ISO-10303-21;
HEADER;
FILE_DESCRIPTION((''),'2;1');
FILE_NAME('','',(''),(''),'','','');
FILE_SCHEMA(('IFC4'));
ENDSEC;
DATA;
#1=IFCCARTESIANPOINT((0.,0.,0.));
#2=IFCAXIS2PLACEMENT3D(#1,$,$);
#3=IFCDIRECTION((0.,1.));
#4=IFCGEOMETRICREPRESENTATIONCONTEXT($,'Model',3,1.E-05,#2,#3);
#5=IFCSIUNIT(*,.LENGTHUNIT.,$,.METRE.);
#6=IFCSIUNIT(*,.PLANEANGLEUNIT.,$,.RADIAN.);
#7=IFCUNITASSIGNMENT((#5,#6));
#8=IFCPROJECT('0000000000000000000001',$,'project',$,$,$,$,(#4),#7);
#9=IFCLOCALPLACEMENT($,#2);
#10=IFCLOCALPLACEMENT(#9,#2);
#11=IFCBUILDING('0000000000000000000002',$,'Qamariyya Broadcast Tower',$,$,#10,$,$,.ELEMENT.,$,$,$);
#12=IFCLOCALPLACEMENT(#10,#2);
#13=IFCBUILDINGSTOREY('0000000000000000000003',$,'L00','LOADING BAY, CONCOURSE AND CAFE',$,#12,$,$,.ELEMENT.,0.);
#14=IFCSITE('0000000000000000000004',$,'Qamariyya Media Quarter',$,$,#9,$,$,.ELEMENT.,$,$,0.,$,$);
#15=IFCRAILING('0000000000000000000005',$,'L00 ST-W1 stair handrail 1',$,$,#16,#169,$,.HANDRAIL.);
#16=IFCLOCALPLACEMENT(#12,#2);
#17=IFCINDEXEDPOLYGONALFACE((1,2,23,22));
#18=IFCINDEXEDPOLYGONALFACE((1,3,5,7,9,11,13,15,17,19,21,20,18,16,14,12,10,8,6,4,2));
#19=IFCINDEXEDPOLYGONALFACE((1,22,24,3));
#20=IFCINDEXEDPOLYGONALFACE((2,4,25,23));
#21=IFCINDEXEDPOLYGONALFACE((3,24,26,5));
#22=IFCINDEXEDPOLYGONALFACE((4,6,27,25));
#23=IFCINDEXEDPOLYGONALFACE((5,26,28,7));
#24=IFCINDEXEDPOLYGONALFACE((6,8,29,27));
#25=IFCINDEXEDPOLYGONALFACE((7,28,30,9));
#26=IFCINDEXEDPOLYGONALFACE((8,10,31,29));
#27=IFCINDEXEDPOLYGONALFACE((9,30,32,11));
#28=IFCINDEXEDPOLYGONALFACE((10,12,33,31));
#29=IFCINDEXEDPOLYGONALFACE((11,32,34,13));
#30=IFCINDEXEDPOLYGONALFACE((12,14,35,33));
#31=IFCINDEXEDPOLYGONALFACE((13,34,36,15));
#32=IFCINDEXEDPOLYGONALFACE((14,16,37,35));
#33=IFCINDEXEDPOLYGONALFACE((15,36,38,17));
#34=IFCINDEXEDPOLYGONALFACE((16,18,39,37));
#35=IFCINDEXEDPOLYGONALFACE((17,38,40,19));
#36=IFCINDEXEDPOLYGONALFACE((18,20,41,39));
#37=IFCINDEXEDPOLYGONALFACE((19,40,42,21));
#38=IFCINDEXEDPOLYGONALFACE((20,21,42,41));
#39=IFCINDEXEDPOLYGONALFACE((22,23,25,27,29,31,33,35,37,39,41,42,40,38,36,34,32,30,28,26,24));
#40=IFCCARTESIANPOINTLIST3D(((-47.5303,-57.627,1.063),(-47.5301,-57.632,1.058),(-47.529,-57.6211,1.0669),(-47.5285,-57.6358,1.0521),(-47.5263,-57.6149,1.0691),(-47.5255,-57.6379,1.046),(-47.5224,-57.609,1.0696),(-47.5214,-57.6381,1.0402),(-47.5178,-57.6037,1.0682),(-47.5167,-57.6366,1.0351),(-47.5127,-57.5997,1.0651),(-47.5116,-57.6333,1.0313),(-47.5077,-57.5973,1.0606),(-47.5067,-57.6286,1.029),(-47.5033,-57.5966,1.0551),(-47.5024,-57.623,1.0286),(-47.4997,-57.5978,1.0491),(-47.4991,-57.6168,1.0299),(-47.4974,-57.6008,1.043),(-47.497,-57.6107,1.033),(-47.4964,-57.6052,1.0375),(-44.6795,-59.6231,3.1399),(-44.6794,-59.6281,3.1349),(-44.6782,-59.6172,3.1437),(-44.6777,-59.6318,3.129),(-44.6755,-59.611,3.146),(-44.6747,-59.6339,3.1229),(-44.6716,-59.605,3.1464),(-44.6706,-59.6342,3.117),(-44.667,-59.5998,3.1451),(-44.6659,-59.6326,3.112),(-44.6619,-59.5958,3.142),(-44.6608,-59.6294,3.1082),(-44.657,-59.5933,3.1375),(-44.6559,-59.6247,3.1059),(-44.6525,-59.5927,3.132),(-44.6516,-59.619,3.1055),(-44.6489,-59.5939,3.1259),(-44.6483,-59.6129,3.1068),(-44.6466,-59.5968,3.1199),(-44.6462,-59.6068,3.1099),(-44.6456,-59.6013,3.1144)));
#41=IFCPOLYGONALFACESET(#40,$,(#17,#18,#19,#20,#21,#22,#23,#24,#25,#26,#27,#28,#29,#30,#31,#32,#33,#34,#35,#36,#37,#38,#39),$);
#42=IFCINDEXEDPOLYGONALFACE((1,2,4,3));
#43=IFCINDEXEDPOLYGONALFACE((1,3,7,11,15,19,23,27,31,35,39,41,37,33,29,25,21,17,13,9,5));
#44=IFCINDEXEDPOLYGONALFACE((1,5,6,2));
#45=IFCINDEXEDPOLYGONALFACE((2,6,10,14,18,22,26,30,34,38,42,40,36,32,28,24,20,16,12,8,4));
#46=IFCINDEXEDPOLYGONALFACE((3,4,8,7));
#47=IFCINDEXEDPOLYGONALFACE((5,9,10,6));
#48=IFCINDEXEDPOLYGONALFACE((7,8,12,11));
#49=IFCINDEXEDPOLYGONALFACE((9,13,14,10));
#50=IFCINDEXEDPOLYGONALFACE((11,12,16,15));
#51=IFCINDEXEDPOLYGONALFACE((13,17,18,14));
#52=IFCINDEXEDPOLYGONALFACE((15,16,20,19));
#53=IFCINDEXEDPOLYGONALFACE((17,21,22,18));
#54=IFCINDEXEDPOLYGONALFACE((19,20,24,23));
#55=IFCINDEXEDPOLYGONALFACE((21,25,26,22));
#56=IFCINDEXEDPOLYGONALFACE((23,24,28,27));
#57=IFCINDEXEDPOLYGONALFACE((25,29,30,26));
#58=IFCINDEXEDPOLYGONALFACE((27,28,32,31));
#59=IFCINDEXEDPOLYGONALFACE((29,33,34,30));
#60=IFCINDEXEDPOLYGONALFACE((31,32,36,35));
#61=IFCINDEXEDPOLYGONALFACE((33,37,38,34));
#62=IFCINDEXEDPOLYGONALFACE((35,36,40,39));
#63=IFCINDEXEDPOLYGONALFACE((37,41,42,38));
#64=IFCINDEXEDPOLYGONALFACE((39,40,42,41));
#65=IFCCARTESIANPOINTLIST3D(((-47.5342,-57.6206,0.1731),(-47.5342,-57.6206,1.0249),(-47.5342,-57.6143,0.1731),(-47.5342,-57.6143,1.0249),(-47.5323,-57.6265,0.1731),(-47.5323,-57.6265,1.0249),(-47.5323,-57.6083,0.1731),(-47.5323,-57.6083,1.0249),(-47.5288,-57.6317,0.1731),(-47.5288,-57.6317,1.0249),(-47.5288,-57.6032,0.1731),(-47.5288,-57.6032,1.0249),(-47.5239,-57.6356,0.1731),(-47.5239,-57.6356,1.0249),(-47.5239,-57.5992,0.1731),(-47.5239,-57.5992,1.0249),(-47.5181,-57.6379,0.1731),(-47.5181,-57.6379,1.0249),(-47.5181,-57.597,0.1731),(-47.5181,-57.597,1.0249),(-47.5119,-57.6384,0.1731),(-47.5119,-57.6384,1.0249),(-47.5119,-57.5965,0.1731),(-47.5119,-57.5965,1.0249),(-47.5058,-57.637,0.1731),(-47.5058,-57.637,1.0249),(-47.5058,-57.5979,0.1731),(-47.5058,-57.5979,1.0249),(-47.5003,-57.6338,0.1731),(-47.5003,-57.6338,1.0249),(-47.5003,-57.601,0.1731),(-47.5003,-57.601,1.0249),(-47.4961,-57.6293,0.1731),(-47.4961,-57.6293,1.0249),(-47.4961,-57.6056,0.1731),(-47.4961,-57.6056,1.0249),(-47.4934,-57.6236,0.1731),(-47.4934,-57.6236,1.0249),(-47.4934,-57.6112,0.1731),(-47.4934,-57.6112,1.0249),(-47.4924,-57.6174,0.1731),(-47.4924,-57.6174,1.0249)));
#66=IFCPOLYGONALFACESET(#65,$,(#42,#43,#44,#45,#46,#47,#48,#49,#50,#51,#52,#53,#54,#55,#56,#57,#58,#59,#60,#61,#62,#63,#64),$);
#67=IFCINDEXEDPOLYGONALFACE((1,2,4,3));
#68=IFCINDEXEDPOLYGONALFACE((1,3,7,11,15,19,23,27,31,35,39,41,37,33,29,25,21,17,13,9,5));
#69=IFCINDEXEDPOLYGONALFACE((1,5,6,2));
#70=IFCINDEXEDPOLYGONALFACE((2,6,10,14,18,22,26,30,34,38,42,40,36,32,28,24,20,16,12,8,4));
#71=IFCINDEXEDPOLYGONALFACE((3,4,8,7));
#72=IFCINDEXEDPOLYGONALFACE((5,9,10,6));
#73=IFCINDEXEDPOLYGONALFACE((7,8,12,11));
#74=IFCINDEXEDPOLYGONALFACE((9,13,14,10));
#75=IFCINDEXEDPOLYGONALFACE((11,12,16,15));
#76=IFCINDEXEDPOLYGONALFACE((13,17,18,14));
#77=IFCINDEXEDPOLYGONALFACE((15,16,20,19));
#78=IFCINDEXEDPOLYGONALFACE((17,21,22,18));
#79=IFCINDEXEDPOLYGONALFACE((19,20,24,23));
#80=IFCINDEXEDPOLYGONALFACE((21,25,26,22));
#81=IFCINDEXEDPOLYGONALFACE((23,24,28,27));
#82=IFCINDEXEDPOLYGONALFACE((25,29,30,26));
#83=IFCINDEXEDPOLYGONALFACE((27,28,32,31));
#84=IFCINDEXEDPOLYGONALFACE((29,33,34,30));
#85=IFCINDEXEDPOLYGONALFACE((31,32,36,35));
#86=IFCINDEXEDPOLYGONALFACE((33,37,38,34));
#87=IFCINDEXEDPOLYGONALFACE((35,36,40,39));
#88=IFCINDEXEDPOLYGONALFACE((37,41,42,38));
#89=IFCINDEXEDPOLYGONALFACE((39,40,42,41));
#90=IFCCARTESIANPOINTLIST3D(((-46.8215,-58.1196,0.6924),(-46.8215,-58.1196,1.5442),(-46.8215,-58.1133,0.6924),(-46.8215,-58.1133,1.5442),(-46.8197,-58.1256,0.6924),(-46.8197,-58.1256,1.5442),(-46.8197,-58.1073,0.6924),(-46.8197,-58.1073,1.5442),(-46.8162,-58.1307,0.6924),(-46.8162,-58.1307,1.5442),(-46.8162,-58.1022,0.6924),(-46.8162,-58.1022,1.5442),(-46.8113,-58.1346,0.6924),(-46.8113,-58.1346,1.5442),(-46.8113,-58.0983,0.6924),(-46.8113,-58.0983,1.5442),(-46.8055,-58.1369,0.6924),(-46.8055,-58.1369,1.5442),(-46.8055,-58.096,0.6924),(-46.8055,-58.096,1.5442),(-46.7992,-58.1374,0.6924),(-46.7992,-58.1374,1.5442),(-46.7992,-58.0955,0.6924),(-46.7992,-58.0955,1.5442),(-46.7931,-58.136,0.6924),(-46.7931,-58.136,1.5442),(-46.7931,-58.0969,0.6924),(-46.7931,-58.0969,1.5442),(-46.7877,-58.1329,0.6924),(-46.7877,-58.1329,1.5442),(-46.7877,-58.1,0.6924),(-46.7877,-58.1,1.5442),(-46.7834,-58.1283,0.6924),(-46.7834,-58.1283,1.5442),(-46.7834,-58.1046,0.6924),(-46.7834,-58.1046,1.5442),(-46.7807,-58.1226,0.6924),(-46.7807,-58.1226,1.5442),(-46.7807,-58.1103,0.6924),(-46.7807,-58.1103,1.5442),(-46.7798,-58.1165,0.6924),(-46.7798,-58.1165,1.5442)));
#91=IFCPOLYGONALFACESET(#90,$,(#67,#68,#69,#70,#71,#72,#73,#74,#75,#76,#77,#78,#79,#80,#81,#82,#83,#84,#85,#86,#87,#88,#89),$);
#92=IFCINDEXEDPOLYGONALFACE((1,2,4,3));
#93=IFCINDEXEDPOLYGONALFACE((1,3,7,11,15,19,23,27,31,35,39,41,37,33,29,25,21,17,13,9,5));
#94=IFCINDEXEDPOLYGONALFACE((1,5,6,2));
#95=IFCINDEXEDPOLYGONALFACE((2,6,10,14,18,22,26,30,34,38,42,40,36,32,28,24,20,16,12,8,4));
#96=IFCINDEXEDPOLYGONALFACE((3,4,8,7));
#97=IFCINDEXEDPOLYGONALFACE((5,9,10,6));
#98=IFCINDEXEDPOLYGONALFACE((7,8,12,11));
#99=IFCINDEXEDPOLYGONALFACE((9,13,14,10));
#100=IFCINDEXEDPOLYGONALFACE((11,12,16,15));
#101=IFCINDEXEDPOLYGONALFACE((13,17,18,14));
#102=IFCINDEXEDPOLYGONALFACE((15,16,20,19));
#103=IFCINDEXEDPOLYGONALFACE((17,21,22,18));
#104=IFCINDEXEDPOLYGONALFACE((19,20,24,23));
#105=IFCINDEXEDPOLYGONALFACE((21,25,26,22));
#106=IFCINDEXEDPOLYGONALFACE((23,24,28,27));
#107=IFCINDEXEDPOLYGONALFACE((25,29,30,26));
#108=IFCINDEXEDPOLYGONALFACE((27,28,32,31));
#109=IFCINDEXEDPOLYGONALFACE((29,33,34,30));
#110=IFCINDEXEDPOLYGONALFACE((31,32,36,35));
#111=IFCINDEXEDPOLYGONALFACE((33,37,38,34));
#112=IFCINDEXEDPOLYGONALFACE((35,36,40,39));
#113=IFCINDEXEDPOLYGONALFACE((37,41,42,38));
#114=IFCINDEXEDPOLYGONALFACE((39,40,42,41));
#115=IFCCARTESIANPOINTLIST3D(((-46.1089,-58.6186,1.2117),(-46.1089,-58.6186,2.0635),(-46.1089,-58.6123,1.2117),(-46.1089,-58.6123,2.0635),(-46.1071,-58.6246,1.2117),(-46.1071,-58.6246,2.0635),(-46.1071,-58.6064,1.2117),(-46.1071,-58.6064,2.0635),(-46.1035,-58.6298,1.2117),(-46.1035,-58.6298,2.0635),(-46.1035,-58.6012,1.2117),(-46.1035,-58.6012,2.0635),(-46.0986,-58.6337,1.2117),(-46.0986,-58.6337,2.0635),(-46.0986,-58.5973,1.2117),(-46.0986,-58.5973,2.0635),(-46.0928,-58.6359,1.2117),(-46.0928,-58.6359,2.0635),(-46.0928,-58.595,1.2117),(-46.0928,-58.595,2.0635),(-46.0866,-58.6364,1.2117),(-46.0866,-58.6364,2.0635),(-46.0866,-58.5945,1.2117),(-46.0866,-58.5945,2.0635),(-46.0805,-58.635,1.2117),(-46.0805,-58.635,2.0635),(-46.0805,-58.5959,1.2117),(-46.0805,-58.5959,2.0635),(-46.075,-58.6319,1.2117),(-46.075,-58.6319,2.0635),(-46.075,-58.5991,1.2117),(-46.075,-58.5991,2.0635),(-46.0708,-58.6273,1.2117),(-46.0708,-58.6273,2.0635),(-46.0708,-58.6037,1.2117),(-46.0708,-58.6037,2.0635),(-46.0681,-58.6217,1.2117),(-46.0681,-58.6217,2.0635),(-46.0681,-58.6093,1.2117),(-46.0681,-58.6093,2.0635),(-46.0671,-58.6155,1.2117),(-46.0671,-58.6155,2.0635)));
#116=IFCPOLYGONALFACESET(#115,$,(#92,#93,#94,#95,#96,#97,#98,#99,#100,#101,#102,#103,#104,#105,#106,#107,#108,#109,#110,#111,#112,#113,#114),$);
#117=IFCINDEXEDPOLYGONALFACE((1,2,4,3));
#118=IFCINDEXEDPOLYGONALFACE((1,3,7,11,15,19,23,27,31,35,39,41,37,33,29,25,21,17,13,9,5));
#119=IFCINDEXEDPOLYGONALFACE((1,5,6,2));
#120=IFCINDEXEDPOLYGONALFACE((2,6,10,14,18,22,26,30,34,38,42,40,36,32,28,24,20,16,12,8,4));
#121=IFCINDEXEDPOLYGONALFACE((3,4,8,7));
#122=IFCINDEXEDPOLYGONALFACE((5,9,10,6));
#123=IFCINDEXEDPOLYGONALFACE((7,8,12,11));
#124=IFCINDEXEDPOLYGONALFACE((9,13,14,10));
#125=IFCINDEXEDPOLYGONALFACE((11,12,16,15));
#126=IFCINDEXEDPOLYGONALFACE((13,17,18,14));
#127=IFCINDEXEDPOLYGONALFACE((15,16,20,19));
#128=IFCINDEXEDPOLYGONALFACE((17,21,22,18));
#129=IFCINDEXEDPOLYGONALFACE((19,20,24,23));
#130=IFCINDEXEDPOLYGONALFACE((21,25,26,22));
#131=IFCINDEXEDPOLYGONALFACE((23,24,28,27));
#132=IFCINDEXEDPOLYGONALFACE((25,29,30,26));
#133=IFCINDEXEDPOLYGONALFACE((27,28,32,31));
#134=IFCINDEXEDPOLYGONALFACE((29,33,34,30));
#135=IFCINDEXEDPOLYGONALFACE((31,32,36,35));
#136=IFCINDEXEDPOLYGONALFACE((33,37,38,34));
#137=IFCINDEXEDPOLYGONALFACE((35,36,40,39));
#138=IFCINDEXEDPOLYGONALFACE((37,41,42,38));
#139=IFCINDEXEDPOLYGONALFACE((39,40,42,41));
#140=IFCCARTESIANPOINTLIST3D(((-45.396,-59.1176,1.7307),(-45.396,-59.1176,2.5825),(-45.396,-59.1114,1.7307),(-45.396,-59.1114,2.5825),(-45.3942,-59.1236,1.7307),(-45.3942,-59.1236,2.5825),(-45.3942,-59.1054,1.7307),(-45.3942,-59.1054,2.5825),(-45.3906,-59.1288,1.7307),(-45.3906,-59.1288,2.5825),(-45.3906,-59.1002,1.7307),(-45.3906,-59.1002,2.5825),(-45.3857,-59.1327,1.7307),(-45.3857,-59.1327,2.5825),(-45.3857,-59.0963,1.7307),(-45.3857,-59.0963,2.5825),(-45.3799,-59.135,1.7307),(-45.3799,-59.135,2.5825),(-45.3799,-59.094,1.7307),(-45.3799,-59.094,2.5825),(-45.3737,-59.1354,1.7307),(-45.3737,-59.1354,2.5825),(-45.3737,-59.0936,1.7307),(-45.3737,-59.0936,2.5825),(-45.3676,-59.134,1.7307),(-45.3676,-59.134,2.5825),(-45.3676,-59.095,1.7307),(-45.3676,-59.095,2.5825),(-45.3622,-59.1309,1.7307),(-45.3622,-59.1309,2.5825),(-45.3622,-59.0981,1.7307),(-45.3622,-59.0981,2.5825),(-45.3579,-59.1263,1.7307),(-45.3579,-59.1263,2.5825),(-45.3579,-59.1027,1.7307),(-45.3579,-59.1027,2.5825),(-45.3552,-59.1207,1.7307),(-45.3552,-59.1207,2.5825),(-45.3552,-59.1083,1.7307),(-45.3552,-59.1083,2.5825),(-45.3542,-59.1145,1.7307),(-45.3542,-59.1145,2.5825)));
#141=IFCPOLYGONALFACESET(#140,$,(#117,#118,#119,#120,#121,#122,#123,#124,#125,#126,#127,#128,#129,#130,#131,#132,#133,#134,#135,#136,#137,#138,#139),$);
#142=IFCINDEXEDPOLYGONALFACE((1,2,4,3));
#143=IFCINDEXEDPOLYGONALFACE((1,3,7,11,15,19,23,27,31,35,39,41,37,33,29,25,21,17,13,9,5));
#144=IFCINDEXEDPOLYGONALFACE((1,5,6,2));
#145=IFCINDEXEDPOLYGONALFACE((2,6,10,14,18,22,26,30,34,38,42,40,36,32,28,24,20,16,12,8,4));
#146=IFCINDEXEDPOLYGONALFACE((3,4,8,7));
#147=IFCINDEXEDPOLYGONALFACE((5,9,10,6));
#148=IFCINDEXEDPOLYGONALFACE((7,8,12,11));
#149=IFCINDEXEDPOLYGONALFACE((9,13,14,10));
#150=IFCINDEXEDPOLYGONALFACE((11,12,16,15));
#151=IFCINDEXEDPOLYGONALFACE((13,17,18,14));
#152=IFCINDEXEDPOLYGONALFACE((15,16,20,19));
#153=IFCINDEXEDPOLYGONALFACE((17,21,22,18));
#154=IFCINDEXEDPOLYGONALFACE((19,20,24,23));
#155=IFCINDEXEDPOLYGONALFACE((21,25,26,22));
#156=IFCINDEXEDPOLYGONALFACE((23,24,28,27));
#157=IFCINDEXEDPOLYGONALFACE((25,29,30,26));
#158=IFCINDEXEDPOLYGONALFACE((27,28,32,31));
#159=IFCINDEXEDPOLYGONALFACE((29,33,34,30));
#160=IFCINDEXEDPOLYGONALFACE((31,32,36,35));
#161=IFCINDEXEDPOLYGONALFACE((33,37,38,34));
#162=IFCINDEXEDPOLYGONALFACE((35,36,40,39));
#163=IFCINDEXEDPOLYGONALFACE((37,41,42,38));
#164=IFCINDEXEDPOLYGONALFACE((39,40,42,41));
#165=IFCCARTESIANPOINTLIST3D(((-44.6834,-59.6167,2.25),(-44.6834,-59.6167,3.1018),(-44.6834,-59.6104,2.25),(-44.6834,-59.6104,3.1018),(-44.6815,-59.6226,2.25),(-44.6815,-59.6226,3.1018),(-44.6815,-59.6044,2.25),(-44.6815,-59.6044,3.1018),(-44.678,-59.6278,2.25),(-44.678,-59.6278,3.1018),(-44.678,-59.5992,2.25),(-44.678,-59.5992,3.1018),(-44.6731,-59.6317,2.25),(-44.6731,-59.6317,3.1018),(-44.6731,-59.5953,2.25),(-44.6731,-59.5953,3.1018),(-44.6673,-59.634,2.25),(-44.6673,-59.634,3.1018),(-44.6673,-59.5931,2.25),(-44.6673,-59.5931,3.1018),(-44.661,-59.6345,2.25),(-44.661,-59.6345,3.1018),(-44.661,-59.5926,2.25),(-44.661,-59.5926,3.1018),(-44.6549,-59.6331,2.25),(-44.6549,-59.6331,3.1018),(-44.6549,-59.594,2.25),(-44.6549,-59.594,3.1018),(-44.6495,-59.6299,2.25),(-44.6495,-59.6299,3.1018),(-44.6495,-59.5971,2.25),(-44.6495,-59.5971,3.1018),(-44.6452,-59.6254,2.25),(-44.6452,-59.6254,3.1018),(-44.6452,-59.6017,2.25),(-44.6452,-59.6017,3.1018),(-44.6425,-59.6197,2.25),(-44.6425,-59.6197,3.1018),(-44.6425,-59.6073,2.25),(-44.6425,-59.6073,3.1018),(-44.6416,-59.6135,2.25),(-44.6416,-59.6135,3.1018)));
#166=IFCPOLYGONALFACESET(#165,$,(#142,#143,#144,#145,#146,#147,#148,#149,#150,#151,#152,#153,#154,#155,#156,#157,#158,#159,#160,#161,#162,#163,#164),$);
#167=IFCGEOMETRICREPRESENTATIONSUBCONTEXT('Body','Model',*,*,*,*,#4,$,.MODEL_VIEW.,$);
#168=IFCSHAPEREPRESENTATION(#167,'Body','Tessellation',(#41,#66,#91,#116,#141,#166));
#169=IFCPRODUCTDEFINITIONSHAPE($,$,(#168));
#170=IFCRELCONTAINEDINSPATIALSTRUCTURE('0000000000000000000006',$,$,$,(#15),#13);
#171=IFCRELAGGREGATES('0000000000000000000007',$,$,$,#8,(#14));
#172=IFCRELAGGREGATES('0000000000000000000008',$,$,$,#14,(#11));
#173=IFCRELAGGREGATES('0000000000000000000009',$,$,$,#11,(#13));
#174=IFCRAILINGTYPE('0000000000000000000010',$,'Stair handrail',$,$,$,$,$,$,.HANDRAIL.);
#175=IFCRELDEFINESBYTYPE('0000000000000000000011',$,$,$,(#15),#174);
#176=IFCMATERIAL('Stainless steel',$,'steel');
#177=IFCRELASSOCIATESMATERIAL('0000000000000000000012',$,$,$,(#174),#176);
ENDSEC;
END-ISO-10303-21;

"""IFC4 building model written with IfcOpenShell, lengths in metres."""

from ifc_helpers import new_model, si_unit, direction, frame, origin, origin_2d, place, context, subcontext, project, spatial, circle, extrude, material, type_object, element, save


model = new_model("IFC4")

# Units and contexts
model_context = context("Model", 3, precision=1e-05, world=origin(), true_north=direction((0.0, 1.0)))
body_context = subcontext(model_context, "Body", "Model", "MODEL_VIEW")
ifc_project = project(units=[si_unit("LENGTHUNIT", "METRE"), si_unit("PLANEANGLEUNIT", "RADIAN")], contexts=[model_context])

# Site, building, storey
site_placement = place(None, origin())
site = spatial("IfcSite", under=ifc_project, at=site_placement, Name="Qamariyya Media Quarter", CompositionType="ELEMENT", RefElevation=0.0)
building_placement = place(site_placement, origin())
building = spatial("IfcBuilding", under=site, at=building_placement, Name="Qamariyya Broadcast Tower", CompositionType="ELEMENT")
storey_placement = place(building_placement, origin())
storey = spatial("IfcBuildingStorey", under=building, at=storey_placement, Name="L00", Description="LOADING BAY, CONCOURSE AND CAFE", CompositionType="ELEMENT", Elevation=0.0)

# Railing
ifc_material_1 = material(Name="Stainless steel", Category="steel")
railing_type_1 = type_object("IfcRailingType", Name="Stair handrail", PredefinedType="HANDRAIL", material=ifc_material_1)
for number, where, name in (
    (1, (-47.5134, -57.6174, 0.1731), "L00 ST-W1 stair handrail 1"),
):
    element("IfcRailing", number, at=place(storey_placement, frame(where)), inside=storey, type_object=railing_type_1, Name=name, PredefinedType="HANDRAIL", context=body_context, shape_type="SweptSolid", body=[
        extrude(circle(Radius=0.0239, at=origin_2d()), frame((0.0, 0.0, 0.876), z_axis=(0.703423, -0.492523, 0.512462), x_axis=(0.573561, 0.819163, 0.0)), (0.0, 0.0, 1.0), 4.0527),
        extrude(circle(Radius=0.021, at=origin_2d()), origin(), (0.0, 0.0, 1.0), 0.8518),
        extrude(circle(Radius=0.021, at=origin_2d()), frame((0.7126, -0.499, 0.5193)), (0.0, 0.0, 1.0), 0.8518),
        extrude(circle(Radius=0.021, at=origin_2d()), frame((1.4253, -0.998, 1.0386)), (0.0, 0.0, 1.0), 0.8518),
        extrude(circle(Radius=0.021, at=origin_2d()), frame((2.1382, -1.4971, 1.5576)), (0.0, 0.0, 1.0), 0.8518),
        extrude(circle(Radius=0.021, at=origin_2d()), frame((2.8508, -1.9961, 2.0769)), (0.0, 0.0, 1.0), 0.8518),
    ])

save(model, "model.ifc")
